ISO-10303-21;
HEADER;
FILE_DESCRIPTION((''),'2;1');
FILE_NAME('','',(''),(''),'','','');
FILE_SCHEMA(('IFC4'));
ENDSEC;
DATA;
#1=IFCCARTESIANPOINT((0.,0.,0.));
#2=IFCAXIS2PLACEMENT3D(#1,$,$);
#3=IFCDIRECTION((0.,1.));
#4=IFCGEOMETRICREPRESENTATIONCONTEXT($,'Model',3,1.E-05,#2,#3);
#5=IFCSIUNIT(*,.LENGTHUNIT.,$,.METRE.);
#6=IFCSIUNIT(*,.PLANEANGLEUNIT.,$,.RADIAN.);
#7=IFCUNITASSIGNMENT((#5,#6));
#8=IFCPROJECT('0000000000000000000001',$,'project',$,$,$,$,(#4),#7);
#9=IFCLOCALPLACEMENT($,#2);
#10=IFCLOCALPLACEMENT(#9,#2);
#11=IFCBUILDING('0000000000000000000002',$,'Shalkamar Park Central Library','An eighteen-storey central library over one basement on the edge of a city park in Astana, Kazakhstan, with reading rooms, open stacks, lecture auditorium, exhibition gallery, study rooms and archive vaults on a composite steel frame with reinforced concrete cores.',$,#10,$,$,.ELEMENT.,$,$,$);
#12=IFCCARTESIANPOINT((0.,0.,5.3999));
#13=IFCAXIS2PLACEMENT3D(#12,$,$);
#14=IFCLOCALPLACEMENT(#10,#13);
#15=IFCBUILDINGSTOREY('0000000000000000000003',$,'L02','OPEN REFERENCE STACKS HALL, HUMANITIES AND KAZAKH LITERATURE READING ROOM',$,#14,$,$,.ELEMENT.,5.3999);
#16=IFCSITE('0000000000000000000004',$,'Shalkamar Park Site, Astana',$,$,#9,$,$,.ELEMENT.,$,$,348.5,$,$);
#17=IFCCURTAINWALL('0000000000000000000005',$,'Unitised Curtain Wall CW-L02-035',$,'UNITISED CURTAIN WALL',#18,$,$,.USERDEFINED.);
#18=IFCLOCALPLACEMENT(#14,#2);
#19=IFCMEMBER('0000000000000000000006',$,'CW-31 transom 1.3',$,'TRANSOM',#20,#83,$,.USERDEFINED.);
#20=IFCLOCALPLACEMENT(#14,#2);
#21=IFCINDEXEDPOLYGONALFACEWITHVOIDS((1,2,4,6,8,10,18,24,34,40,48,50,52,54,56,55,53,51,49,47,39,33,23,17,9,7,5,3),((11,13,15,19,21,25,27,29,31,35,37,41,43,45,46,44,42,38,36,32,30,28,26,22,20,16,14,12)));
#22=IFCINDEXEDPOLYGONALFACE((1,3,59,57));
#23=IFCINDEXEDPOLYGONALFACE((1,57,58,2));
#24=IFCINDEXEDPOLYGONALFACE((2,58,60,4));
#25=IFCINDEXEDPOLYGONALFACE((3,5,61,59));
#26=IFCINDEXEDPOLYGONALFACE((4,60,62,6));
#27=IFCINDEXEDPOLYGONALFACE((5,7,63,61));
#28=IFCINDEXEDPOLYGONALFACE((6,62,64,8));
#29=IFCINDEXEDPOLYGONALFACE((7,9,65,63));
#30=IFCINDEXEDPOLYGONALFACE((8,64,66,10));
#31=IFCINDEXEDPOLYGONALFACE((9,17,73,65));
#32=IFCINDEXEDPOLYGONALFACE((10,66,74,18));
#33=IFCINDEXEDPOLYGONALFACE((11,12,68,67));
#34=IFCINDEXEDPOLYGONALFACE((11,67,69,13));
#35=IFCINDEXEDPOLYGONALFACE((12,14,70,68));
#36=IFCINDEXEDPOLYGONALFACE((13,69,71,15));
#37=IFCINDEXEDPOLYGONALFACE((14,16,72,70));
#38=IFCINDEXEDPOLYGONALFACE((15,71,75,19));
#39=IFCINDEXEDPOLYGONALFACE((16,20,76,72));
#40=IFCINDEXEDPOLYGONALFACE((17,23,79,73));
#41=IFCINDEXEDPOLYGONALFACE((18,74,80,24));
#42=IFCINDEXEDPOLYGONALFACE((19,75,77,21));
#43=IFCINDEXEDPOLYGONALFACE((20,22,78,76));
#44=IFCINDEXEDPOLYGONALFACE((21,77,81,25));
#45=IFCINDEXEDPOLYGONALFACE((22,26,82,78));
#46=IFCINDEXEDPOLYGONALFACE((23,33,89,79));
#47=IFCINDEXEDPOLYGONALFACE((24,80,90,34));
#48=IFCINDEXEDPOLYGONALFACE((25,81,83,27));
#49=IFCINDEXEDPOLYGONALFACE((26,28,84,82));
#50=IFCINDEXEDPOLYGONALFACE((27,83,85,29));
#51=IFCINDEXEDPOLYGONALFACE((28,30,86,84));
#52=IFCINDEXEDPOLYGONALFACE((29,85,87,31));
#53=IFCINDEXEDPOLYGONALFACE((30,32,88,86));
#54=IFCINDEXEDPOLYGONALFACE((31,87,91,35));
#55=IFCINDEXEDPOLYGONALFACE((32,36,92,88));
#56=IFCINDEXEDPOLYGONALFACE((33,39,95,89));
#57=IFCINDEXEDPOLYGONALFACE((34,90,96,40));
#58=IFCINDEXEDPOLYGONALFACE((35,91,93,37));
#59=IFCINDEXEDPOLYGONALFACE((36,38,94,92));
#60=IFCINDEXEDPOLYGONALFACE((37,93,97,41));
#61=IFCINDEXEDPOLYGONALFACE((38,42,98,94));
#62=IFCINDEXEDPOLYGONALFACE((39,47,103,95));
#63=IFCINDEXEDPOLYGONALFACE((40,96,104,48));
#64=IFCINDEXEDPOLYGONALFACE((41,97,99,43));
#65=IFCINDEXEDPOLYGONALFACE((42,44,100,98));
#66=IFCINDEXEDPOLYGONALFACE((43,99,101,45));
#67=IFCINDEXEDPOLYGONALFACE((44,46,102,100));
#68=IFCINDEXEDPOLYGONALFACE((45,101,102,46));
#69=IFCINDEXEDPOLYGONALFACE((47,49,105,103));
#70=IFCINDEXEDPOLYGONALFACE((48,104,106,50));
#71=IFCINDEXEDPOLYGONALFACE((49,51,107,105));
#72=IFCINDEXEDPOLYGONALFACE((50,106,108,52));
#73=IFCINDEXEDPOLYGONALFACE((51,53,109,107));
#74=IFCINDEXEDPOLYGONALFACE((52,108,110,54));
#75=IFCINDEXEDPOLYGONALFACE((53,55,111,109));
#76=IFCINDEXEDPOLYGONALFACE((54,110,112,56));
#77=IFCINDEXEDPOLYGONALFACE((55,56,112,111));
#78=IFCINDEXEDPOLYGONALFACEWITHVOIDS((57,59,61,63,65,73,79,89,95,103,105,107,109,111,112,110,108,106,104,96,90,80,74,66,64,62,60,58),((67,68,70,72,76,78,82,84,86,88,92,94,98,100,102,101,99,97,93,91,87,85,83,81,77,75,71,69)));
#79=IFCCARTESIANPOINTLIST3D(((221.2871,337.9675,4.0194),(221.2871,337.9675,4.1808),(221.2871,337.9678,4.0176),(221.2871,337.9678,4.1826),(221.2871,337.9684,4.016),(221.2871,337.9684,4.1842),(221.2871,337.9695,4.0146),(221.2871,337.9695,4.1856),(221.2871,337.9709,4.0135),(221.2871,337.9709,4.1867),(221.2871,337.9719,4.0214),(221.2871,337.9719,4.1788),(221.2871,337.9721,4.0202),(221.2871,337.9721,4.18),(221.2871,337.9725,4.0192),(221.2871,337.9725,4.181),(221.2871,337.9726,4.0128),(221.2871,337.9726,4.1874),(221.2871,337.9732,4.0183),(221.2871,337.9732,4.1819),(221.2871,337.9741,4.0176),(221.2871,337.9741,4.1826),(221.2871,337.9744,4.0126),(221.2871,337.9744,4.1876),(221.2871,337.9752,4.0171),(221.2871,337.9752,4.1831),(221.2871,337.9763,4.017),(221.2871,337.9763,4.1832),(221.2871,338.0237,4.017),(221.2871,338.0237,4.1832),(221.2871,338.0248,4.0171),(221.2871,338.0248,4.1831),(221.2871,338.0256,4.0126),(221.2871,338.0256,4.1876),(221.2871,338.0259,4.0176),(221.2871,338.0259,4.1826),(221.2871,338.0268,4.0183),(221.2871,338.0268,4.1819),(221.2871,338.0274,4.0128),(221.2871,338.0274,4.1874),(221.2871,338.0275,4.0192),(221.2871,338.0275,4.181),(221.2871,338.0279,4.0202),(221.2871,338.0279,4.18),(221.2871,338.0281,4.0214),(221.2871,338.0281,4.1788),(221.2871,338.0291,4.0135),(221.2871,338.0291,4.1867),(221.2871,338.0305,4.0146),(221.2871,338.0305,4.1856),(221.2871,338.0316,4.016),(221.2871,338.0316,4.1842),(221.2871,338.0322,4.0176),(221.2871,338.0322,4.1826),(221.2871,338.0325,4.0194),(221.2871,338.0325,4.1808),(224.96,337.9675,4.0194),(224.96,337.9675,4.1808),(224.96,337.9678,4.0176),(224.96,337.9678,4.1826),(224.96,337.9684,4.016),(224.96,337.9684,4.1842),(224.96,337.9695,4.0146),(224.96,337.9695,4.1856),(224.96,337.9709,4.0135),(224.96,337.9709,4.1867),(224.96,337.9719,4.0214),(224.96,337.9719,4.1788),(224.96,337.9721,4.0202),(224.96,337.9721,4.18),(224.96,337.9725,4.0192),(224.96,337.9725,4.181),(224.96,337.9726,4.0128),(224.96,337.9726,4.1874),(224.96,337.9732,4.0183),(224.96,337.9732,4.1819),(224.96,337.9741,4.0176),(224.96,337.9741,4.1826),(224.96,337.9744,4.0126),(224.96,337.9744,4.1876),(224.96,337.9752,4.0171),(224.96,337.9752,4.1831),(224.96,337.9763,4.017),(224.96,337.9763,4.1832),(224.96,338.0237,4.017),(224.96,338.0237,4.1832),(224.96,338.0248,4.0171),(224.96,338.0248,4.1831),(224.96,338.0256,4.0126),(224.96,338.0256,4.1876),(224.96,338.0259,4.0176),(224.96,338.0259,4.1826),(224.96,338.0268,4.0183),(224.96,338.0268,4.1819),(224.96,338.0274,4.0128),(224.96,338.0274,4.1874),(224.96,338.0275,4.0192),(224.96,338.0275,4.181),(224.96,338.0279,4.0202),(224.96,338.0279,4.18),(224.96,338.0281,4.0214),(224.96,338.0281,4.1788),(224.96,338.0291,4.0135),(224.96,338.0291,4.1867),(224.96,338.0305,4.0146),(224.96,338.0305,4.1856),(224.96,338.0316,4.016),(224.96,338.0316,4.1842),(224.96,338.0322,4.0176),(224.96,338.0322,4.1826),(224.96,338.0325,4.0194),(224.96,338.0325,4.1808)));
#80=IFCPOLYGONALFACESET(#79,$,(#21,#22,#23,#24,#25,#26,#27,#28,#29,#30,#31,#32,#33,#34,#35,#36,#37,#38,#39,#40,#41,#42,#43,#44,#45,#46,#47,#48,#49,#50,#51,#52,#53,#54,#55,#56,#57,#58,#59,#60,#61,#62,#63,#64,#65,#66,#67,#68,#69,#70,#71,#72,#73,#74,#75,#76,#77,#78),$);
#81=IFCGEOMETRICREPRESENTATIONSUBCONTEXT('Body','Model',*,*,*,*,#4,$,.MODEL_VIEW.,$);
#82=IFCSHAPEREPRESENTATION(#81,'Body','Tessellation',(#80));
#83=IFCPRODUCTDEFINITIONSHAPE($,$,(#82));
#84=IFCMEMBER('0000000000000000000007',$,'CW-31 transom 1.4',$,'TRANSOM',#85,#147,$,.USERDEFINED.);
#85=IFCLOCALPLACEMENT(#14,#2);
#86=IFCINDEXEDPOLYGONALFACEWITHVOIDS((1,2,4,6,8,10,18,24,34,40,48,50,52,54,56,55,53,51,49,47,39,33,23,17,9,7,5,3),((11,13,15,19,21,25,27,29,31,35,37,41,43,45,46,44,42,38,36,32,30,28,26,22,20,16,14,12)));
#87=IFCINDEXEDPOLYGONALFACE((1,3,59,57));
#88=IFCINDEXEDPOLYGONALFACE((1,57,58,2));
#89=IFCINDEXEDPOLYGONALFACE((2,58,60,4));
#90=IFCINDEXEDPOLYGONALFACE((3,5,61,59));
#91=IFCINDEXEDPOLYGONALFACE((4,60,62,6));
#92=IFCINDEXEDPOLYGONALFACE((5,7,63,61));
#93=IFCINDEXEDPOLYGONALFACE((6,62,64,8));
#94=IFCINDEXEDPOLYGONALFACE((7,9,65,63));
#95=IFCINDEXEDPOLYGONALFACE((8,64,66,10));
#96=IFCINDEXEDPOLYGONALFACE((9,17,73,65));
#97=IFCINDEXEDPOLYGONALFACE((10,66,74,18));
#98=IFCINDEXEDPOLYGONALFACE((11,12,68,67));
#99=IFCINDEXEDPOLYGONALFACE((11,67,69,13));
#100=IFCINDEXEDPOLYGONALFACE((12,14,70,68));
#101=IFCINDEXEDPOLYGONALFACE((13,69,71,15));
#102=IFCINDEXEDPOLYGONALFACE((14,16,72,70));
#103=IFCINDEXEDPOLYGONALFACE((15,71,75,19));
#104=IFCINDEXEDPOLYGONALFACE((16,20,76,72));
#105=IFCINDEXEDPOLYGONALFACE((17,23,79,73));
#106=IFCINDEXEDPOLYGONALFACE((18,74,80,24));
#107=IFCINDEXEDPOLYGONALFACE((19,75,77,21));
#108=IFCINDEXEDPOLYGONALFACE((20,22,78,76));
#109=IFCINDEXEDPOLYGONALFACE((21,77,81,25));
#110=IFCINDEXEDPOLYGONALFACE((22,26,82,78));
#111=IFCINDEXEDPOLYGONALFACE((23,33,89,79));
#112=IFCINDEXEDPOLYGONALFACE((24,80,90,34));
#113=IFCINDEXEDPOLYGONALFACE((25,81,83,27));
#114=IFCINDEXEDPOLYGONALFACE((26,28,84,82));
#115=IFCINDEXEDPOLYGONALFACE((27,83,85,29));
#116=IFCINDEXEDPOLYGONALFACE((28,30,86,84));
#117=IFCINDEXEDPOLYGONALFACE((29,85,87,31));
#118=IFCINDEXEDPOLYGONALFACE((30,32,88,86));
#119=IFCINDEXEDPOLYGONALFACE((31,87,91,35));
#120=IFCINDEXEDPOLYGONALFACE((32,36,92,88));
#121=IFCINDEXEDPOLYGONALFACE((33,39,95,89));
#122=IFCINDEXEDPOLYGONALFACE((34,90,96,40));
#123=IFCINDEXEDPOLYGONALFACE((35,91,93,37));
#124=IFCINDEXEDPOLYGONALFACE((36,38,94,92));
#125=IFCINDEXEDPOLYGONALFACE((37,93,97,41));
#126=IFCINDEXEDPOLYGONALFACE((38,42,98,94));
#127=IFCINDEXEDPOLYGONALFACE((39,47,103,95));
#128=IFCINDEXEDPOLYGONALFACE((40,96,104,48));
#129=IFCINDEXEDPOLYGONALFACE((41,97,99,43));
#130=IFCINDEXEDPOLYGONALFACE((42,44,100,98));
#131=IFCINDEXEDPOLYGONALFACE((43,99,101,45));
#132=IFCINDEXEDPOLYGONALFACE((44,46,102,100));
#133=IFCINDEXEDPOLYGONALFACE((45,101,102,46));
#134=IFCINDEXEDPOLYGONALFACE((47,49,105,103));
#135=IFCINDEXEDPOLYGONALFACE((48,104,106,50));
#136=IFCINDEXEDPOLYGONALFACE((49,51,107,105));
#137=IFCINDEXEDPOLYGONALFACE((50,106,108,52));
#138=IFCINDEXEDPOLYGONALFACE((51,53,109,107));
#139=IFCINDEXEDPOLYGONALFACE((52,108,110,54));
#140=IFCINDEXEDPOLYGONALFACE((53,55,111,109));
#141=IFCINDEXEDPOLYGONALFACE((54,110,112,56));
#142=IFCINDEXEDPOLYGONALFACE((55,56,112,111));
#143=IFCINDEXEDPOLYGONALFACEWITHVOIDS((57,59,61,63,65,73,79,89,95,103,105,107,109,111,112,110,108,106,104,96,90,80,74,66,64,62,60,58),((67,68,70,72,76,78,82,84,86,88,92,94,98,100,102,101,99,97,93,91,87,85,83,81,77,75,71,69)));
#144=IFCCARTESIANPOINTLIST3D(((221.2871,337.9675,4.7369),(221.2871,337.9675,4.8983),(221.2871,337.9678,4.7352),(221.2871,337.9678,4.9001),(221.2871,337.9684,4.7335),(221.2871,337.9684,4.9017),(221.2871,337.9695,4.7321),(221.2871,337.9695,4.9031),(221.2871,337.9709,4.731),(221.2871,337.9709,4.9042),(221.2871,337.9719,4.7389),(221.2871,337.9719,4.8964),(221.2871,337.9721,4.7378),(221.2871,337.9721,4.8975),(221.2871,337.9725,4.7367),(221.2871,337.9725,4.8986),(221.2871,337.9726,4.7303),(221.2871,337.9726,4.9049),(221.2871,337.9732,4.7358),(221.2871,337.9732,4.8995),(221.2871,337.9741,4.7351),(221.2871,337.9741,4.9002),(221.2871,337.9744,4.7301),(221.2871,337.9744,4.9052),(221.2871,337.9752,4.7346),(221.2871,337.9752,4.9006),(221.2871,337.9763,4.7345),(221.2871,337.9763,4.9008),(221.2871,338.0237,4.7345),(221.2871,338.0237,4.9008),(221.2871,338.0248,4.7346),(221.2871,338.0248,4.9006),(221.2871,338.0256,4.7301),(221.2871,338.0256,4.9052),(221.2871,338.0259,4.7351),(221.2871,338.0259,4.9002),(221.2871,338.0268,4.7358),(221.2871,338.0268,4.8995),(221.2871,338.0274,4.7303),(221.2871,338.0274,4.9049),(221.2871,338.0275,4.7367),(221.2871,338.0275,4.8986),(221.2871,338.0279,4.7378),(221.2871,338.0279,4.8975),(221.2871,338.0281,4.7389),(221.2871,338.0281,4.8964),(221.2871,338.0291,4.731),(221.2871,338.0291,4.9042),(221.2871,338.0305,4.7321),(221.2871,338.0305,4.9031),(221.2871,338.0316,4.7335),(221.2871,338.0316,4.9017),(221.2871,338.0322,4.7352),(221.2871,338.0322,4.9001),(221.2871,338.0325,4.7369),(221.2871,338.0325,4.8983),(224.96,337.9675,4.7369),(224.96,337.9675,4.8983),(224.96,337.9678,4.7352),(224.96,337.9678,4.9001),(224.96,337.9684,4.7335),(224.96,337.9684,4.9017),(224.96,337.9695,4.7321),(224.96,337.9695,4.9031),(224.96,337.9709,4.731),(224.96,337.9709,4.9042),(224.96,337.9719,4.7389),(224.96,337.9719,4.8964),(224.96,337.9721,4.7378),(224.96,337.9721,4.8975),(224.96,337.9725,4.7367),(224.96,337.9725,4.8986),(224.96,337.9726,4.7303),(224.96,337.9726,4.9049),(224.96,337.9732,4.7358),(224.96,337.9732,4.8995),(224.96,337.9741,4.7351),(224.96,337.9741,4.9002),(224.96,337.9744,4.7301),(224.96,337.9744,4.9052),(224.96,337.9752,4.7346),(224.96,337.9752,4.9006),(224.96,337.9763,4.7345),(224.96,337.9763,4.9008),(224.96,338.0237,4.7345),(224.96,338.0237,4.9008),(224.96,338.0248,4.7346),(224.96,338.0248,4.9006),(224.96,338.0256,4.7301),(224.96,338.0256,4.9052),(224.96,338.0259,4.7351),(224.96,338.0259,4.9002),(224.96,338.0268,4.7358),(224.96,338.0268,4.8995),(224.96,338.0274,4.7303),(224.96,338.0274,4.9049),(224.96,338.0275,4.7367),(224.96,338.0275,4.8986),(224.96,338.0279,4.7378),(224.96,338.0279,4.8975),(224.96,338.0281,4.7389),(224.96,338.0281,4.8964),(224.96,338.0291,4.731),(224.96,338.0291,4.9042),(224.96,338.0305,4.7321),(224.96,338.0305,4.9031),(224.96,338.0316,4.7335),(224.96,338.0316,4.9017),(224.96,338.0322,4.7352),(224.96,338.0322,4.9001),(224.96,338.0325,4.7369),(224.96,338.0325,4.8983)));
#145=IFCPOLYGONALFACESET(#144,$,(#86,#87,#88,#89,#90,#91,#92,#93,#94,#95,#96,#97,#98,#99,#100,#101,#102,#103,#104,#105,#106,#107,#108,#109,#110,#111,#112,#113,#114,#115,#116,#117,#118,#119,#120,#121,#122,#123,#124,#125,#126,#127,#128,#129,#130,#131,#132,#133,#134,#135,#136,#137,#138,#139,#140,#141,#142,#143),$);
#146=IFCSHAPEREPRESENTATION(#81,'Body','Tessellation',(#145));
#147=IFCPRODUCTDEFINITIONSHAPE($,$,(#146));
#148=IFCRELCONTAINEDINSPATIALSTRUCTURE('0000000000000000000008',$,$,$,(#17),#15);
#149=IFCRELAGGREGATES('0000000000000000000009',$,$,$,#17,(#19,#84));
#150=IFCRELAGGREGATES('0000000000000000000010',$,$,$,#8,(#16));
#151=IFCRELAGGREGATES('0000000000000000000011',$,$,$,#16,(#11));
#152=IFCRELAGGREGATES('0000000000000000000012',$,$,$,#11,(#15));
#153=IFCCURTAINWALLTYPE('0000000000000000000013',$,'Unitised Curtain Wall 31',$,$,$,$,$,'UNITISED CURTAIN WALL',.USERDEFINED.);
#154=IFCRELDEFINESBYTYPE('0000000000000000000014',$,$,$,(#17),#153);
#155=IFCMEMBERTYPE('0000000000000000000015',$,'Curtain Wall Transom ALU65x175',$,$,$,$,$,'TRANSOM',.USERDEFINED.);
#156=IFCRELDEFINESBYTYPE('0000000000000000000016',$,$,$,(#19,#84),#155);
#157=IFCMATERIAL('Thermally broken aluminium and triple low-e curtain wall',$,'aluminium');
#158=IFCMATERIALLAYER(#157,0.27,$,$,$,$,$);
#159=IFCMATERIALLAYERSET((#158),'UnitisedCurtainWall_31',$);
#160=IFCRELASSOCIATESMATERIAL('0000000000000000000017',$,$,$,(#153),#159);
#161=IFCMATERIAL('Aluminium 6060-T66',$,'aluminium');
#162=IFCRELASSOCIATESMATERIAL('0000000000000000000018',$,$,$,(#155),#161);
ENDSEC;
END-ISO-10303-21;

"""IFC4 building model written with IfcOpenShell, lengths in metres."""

from ifc_helpers import new_model, si_unit, direction, frame, origin, origin_2d, place, context, subcontext, project, spatial, hollow_rectangle, extrude, material, layer, layer_set, material_profile, profile_set, type_object, element, aggregate, save


model = new_model("IFC4")

# Units and contexts
model_context = context("Model", 3, precision=1e-05, world=origin(), true_north=direction((0.0, 1.0)))
body_context = subcontext(model_context, "Body", "Model", "MODEL_VIEW")
ifc_project = project(units=[si_unit("LENGTHUNIT", "METRE"), si_unit("PLANEANGLEUNIT", "RADIAN")], contexts=[model_context])

# Site, building, storey
site_placement = place(None, origin())
site = spatial("IfcSite", under=ifc_project, at=site_placement, Name="Shalkamar Park Site, Astana", CompositionType="ELEMENT", RefElevation=348.5)
building_placement = place(site_placement, origin())
building = spatial("IfcBuilding", under=site, at=building_placement, Name="Shalkamar Park Central Library", Description="An eighteen-storey central library over one basement on the edge of a city park in Astana, Kazakhstan, with reading rooms, open stacks, lecture auditorium, exhibition gallery, study rooms and archive vaults on a composite steel frame with reinforced concrete cores.", CompositionType="ELEMENT")
storey_placement = place(building_placement, frame((0.0, 0.0, 5.3999)))
storey = spatial("IfcBuildingStorey", under=building, at=storey_placement, Name="L02", Description="OPEN REFERENCE STACKS HALL, HUMANITIES AND KAZAKH LITERATURE READING ROOM", CompositionType="ELEMENT", Elevation=5.3999)

# Curtain wall
ifc_material_1 = material(Name="Thermally broken aluminium and triple low-e curtain wall", Category="aluminium")
ifc_layer_1 = layer(ifc_material_1, 0.27)
ifc_layer_set_1 = layer_set([ifc_layer_1], Name="UnitisedCurtainWall_31")
curtain_wall_type_1 = type_object("IfcCurtainWallType", Name="Unitised Curtain Wall 31", ElementType="UNITISED CURTAIN WALL", PredefinedType="USERDEFINED", material=ifc_layer_set_1)
curtain_wall_1_placement = place(storey_placement, origin())
curtain_wall_1 = element("IfcCurtainWall", 1, at=curtain_wall_1_placement, inside=storey, type_object=curtain_wall_type_1, Name="Unitised Curtain Wall CW-L02-035", ObjectType="UNITISED CURTAIN WALL", PredefinedType="USERDEFINED")
ifc_material_2 = material(Name="Aluminium 6060-T66", Category="aluminium")

# Members
ifc_material_profile_1 = material_profile(ifc_material_2, hollow_rectangle(XDim=0.0649, YDim=0.175, WallThickness=0.0044, InnerFilletRadius=0.0044, OuterFilletRadius=0.0068, at=origin_2d()), Name="ALU 65x175x4.5")
ifc_profile_set_1 = profile_set([ifc_material_profile_1], Name="Aluminium 6060-T66")
member_type_1 = type_object("IfcMemberType", Name="Curtain Wall Transom ALU65x175", ElementType="TRANSOM", PredefinedType="USERDEFINED", material=ifc_profile_set_1)
member_1_placement = place(storey_placement, frame((221.2871, 338.0, 4.1001), z_axis=(1.0, 0.0, 0.0), x_axis=(0.0, 1.0, 0.0)))
member_1 = element("IfcMember", 2, at=member_1_placement, type_object=member_type_1, Name="CW-31 transom 1.3", ObjectType="TRANSOM", PredefinedType="USERDEFINED", context=body_context, shape_type="SweptSolid", body=[
    extrude(hollow_rectangle(XDim=0.0649, YDim=0.175, WallThickness=0.0044, InnerFilletRadius=0.0044, OuterFilletRadius=0.0068, at=origin_2d()), origin(), (0.0, 0.0, 1.0), 3.6729),
])
member_2_placement = place(storey_placement, frame((221.2871, 338.0, 4.8176), z_axis=(1.0, 0.0, 0.0), x_axis=(0.0, 1.0, 0.0)))
member_2 = element("IfcMember", 3, at=member_2_placement, type_object=member_type_1, Name="CW-31 transom 1.4", ObjectType="TRANSOM", PredefinedType="USERDEFINED", context=body_context, shape_type="SweptSolid", body=[
    extrude(hollow_rectangle(XDim=0.0649, YDim=0.175, WallThickness=0.0044, InnerFilletRadius=0.0044, OuterFilletRadius=0.0068, at=origin_2d()), origin(), (0.0, 0.0, 1.0), 3.6729),
])

aggregate(curtain_wall_1, [member_1, member_2])

save(model, "model.ifc")
